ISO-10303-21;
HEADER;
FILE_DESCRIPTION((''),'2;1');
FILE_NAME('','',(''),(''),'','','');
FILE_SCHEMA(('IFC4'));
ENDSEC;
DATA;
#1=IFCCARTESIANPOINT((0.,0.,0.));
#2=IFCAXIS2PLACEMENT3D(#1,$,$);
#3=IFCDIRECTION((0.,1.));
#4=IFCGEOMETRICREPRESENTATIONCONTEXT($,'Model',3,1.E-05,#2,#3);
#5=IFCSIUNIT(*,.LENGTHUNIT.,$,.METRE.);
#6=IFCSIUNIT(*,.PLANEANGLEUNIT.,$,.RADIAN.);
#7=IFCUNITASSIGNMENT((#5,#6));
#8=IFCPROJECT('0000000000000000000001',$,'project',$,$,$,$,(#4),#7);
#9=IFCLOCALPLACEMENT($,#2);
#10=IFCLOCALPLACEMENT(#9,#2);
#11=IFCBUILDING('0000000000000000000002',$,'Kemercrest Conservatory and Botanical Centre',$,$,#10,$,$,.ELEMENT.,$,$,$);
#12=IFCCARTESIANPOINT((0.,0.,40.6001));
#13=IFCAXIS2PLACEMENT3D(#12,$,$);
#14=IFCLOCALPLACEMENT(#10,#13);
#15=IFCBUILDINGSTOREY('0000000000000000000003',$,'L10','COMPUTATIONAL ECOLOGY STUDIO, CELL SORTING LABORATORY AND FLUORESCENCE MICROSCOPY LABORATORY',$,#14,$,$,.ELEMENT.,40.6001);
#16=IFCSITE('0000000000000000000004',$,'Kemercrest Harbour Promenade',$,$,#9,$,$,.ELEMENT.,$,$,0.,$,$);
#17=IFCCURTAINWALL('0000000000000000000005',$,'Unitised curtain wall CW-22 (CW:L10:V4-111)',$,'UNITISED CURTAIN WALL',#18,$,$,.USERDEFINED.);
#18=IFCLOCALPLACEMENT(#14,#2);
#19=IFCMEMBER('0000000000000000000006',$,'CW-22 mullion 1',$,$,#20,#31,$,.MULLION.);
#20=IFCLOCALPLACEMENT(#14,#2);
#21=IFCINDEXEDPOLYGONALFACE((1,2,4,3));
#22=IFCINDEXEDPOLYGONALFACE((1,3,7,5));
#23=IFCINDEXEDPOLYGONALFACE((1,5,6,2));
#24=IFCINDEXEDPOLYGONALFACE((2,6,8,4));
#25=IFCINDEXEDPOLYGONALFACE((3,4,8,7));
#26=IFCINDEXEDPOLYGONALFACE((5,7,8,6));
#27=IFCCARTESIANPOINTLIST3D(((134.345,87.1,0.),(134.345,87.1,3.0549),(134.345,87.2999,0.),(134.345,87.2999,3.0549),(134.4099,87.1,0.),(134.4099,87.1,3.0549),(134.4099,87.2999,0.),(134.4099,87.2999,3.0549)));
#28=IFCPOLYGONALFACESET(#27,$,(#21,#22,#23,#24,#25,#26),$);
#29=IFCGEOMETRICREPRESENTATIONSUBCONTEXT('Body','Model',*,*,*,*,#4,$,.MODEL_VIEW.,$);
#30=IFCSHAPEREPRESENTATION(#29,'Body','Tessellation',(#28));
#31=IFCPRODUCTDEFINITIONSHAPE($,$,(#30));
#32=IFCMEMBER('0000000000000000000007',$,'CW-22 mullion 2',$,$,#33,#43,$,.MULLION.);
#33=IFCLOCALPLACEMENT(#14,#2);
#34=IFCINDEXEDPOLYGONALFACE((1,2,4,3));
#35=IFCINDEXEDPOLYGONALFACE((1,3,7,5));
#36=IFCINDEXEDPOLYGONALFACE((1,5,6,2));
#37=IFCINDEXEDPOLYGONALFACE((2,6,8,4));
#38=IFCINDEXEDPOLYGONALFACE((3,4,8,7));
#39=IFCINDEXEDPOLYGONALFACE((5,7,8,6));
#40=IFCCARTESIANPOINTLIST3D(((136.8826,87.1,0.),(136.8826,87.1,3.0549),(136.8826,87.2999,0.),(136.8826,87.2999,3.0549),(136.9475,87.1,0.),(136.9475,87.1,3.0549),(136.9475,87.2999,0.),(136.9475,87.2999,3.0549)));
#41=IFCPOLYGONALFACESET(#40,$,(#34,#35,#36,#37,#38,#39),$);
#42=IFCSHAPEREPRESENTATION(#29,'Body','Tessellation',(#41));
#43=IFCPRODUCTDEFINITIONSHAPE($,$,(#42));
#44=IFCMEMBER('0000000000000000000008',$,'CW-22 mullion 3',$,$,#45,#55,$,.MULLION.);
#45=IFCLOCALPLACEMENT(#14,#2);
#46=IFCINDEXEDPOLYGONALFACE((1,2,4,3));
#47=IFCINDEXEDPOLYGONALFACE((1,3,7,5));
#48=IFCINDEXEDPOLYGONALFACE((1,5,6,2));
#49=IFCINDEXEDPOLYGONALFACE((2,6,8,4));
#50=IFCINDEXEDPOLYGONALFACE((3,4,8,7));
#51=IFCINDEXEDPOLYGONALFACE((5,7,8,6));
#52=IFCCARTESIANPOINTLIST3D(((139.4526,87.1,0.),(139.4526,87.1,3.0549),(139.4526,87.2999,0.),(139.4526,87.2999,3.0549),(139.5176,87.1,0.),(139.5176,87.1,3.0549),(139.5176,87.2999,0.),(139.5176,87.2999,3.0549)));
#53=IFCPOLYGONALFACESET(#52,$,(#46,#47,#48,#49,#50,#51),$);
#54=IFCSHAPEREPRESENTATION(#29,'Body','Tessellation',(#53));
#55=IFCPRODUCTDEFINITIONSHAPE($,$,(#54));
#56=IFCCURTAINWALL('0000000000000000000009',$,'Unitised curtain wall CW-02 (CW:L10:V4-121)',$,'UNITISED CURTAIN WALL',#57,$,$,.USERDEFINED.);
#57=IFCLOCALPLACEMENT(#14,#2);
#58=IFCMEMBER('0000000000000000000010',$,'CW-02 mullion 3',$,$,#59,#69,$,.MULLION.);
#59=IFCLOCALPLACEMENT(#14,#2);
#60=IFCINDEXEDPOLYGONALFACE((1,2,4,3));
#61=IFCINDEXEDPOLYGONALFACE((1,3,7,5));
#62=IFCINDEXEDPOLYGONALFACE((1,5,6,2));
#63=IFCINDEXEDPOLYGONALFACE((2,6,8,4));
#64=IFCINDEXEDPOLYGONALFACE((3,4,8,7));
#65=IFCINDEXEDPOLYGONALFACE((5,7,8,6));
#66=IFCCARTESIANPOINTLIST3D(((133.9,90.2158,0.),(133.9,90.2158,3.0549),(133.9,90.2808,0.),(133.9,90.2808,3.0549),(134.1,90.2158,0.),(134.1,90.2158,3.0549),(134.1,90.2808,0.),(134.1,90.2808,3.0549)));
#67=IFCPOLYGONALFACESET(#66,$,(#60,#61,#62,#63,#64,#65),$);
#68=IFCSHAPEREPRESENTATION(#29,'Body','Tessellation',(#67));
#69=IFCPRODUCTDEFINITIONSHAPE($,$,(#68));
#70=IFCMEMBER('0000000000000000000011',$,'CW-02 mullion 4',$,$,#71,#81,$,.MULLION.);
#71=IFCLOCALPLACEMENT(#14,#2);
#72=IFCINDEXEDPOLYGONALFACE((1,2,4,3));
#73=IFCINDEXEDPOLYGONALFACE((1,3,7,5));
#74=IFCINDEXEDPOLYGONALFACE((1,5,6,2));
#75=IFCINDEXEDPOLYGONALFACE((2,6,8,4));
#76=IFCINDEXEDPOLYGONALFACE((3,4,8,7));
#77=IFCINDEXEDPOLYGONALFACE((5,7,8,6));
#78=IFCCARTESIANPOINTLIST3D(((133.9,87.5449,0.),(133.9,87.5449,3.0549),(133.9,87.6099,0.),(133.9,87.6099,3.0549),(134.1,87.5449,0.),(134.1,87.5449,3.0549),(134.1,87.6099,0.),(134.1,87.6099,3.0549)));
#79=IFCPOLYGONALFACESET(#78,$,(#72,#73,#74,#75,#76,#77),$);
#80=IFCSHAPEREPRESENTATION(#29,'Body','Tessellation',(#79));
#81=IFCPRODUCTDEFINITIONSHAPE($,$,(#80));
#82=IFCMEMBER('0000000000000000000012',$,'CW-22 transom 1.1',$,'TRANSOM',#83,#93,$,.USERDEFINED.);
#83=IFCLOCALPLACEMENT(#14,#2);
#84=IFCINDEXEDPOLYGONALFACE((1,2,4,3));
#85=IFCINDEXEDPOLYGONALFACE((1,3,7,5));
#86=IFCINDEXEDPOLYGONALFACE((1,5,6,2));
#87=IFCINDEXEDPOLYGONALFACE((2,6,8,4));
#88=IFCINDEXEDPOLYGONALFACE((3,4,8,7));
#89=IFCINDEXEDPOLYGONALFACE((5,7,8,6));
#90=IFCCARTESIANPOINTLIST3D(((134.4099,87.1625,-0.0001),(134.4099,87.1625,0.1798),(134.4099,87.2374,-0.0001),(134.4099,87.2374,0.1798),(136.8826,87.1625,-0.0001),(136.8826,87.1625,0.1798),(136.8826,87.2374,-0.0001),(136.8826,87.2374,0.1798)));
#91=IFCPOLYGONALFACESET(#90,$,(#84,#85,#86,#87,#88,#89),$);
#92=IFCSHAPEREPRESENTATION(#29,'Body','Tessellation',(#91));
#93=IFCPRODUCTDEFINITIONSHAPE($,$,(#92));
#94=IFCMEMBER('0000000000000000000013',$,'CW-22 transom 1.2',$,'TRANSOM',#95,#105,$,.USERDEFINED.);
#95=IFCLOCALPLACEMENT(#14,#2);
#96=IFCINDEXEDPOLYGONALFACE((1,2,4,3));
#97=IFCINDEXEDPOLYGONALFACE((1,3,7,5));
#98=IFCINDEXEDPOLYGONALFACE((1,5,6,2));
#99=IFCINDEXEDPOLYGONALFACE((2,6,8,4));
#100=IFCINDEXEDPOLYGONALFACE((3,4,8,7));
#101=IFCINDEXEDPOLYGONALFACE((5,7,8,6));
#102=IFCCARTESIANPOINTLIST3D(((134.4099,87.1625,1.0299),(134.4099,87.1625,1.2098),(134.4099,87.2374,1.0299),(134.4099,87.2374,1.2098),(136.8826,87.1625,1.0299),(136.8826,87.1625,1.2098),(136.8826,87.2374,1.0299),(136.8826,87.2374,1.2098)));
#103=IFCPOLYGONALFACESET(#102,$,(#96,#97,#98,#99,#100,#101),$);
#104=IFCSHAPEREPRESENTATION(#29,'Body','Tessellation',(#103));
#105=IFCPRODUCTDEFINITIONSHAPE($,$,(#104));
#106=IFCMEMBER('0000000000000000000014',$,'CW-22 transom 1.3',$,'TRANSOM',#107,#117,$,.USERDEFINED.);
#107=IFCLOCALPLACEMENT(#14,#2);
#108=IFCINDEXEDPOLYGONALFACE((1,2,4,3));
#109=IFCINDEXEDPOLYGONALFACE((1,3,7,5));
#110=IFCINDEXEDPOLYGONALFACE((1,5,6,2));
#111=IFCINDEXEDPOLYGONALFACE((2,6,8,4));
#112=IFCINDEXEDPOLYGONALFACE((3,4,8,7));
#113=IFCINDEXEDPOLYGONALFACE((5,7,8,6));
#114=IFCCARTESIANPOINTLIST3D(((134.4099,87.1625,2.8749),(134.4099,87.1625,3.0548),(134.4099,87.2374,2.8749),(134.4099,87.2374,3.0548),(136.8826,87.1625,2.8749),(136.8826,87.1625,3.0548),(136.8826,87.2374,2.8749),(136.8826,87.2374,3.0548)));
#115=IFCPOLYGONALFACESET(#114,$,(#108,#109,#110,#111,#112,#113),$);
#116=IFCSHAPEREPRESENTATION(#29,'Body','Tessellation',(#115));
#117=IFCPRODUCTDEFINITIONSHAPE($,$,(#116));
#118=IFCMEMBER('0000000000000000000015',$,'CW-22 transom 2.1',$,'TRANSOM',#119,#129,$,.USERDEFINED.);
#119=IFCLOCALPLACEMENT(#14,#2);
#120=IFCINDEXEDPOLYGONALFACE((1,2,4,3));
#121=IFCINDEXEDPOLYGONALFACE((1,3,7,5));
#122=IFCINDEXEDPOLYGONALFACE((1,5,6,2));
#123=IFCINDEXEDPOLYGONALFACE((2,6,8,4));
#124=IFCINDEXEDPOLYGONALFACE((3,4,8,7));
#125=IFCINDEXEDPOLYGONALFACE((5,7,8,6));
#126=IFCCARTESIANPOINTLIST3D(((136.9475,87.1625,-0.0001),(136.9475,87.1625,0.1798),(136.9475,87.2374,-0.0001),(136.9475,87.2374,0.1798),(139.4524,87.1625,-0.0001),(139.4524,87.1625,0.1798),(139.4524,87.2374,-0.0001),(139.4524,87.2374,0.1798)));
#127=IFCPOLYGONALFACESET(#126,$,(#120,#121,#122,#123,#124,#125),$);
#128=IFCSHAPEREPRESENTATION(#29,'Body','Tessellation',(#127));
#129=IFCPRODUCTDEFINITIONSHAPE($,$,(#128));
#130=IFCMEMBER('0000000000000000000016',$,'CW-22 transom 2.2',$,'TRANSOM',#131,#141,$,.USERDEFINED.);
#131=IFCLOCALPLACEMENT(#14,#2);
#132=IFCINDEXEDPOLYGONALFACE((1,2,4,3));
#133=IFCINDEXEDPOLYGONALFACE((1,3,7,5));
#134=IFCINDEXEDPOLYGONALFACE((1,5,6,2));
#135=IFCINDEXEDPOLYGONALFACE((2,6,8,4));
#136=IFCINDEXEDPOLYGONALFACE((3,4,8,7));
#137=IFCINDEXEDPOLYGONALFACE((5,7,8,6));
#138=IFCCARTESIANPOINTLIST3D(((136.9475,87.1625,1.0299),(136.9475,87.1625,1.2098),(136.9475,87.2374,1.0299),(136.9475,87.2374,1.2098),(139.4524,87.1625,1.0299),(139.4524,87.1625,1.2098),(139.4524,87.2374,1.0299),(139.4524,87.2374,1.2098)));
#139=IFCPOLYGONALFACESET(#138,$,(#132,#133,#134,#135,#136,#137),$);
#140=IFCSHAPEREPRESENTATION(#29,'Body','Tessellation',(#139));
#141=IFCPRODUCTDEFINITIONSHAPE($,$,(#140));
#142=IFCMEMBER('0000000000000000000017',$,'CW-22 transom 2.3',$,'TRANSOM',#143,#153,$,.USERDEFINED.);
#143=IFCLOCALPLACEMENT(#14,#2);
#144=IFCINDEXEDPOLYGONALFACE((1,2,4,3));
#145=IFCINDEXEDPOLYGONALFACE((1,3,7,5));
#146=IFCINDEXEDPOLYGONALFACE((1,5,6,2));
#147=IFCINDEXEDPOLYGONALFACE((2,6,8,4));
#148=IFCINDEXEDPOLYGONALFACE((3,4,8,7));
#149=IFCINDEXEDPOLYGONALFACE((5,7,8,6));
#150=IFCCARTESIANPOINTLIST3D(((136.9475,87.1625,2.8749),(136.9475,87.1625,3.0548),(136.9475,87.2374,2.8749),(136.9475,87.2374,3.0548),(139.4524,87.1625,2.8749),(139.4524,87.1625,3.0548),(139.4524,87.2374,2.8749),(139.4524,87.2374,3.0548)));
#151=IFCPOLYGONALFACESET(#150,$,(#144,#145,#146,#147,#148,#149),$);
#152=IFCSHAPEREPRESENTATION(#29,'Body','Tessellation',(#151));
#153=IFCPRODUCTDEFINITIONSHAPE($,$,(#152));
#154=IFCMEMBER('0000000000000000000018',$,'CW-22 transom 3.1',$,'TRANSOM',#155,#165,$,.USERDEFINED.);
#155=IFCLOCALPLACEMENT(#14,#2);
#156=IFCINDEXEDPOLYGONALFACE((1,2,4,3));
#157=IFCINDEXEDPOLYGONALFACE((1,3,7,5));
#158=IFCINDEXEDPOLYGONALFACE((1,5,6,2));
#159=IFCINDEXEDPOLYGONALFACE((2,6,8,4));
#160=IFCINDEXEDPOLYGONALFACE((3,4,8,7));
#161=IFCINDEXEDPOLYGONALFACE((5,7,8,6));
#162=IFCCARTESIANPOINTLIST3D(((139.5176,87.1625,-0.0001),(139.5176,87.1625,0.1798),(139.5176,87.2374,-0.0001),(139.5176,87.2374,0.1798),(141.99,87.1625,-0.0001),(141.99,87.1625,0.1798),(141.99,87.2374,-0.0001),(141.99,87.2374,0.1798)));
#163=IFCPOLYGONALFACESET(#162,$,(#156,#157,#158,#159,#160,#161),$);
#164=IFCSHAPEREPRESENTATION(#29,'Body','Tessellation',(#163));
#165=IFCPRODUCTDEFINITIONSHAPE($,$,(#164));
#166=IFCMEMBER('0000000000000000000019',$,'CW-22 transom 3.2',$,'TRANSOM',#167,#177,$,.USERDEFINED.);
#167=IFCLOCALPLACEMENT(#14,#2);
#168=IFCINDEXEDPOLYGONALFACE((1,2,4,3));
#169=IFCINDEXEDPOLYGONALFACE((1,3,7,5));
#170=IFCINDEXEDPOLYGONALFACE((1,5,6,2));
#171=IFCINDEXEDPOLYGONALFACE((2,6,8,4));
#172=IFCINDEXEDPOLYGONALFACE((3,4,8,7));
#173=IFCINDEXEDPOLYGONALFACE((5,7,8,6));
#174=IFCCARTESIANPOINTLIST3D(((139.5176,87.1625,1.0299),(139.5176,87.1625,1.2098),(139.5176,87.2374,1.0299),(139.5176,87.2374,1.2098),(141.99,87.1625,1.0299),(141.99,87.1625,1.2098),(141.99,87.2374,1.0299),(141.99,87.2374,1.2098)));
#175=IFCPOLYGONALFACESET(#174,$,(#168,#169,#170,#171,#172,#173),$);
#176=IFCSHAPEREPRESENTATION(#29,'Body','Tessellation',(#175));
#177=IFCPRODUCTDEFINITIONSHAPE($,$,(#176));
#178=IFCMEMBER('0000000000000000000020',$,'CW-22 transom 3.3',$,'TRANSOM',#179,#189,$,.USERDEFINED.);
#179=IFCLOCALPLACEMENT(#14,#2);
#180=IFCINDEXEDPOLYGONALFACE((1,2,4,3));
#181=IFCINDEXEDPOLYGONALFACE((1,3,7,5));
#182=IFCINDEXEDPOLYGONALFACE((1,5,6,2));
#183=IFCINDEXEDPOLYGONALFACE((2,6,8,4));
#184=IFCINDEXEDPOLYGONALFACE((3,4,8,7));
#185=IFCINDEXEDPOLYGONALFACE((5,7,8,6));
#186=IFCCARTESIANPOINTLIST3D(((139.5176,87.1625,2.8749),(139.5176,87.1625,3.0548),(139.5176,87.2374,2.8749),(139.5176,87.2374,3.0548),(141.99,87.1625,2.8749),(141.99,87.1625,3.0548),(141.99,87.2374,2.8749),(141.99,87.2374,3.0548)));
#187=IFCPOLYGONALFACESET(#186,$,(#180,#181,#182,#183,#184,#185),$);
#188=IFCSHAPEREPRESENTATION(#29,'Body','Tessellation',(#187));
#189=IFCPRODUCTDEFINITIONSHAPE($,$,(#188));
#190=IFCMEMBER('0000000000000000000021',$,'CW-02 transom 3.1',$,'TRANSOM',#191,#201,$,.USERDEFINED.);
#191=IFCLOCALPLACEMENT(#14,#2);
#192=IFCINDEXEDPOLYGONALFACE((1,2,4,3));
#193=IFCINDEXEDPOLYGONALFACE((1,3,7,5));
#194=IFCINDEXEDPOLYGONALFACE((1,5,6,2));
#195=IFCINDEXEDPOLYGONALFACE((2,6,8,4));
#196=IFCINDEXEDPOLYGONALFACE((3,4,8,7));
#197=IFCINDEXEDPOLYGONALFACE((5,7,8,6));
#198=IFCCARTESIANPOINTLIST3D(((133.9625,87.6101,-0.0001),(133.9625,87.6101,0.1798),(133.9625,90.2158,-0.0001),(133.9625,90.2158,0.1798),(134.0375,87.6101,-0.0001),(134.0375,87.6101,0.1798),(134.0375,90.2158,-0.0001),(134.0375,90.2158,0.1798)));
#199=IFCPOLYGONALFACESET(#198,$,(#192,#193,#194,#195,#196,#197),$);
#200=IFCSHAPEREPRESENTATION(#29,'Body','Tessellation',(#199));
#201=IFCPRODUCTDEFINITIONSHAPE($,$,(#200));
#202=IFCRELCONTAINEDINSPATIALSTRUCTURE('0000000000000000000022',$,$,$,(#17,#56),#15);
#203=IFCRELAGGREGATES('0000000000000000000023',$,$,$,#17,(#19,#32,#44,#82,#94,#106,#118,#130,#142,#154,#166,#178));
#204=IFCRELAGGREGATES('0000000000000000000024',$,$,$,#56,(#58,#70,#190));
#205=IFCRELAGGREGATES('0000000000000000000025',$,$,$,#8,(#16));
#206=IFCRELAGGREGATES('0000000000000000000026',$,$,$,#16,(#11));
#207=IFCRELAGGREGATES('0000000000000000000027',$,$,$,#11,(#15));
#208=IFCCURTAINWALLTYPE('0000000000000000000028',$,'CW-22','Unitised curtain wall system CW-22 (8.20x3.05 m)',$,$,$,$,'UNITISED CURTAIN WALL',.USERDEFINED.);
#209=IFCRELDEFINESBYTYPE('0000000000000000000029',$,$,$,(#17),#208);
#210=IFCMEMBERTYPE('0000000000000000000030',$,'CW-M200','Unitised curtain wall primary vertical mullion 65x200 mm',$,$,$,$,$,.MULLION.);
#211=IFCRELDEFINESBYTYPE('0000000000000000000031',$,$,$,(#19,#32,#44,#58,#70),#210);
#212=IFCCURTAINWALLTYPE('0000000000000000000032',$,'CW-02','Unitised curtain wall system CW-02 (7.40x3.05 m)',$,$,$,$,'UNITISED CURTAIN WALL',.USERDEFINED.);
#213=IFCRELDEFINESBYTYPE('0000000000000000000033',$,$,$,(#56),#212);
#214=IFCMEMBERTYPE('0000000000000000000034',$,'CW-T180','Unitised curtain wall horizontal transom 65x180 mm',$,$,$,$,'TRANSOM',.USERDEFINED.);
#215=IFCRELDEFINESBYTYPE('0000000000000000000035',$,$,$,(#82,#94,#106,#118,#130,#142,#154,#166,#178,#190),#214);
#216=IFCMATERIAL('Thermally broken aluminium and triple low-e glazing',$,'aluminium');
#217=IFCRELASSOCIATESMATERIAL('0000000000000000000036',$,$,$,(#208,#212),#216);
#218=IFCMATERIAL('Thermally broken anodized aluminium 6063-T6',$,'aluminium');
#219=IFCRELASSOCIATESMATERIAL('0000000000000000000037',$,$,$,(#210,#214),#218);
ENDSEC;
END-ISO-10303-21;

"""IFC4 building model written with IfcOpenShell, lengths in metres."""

from ifc_helpers import new_model, si_unit, direction, frame, origin, origin_2d, place, context, subcontext, project, spatial, rectangle, extrude, material, material_profile, profile_set, type_object, element, aggregate, save


model = new_model("IFC4")

# Units and contexts
model_context = context("Model", 3, precision=1e-05, world=origin(), true_north=direction((0.0, 1.0)))
body_context = subcontext(model_context, "Body", "Model", "MODEL_VIEW")
ifc_project = project(units=[si_unit("LENGTHUNIT", "METRE"), si_unit("PLANEANGLEUNIT", "RADIAN")], contexts=[model_context])

# Site, building, storey
site_placement = place(None, origin())
site = spatial("IfcSite", under=ifc_project, at=site_placement, Name="Kemercrest Harbour Promenade", CompositionType="ELEMENT", RefElevation=0.0)
building_placement = place(site_placement, origin())
building = spatial("IfcBuilding", under=site, at=building_placement, Name="Kemercrest Conservatory and Botanical Centre", CompositionType="ELEMENT")
storey_placement = place(building_placement, frame((0.0, 0.0, 40.6001)))
storey = spatial("IfcBuildingStorey", under=building, at=storey_placement, Name="L10", Description="COMPUTATIONAL ECOLOGY STUDIO, CELL SORTING LABORATORY AND FLUORESCENCE MICROSCOPY LABORATORY", CompositionType="ELEMENT", Elevation=40.6001)

# Curtain walls, members
ifc_material_1 = material(Name="Thermally broken aluminium and triple low-e glazing", Category="aluminium")
curtain_wall_type_1 = type_object("IfcCurtainWallType", Name="CW-22", Description="Unitised curtain wall system CW-22 (8.20x3.05 m)", ElementType="UNITISED CURTAIN WALL", PredefinedType="USERDEFINED", material=ifc_material_1)
curtain_wall_1_placement = place(storey_placement, origin())
curtain_wall_1 = element("IfcCurtainWall", 1, at=curtain_wall_1_placement, inside=storey, type_object=curtain_wall_type_1, Name="Unitised curtain wall CW-22 (CW:L10:V4-111)", ObjectType="UNITISED CURTAIN WALL", PredefinedType="USERDEFINED")
ifc_material_2 = material(Name="Thermally broken anodized aluminium 6063-T6", Category="aluminium")
ifc_material_profile_1 = material_profile(ifc_material_2, rectangle(XDim=0.2, YDim=0.0649, at=origin_2d()), Name="AL MULLION 65x200")
ifc_profile_set_1 = profile_set([ifc_material_profile_1], Name="Thermally broken anodized aluminium 6063-T6")
member_type_1 = type_object("IfcMemberType", Name="CW-M200", Description="Unitised curtain wall primary vertical mullion 65x200 mm", PredefinedType="MULLION", material=ifc_profile_set_1)
member_1_placement = place(storey_placement, frame((134.3774, 87.2, 0.0), z_axis=(0.0, 0.0, 1.0), x_axis=(0.0, 1.0, 0.0)))
member_1 = element("IfcMember", 2, at=member_1_placement, type_object=member_type_1, Name="CW-22 mullion 1", PredefinedType="MULLION", context=body_context, shape_type="SweptSolid", body=[
    extrude(rectangle(XDim=0.2, YDim=0.0649, at=origin_2d()), origin(), (0.0, 0.0, 1.0), 3.0549),
])
member_2_placement = place(storey_placement, frame((136.915, 87.2, 0.0), z_axis=(0.0, 0.0, 1.0), x_axis=(0.0, 1.0, 0.0)))
member_2 = element("IfcMember", 3, at=member_2_placement, type_object=member_type_1, Name="CW-22 mullion 2", PredefinedType="MULLION", context=body_context, shape_type="SweptSolid", body=[
    extrude(rectangle(XDim=0.2, YDim=0.0649, at=origin_2d()), origin(), (0.0, 0.0, 1.0), 3.0549),
])
member_3_placement = place(storey_placement, frame((139.4851, 87.2, 0.0), z_axis=(0.0, 0.0, 1.0), x_axis=(0.0, 1.0, 0.0)))
member_3 = element("IfcMember", 4, at=member_3_placement, type_object=member_type_1, Name="CW-22 mullion 3", PredefinedType="MULLION", context=body_context, shape_type="SweptSolid", body=[
    extrude(rectangle(XDim=0.2, YDim=0.0649, at=origin_2d()), origin(), (0.0, 0.0, 1.0), 3.0549),
])
curtain_wall_type_2 = type_object("IfcCurtainWallType", Name="CW-02", Description="Unitised curtain wall system CW-02 (7.40x3.05 m)", ElementType="UNITISED CURTAIN WALL", PredefinedType="USERDEFINED", material=ifc_material_1)
curtain_wall_2_placement = place(storey_placement, origin())
curtain_wall_2 = element("IfcCurtainWall", 5, at=curtain_wall_2_placement, inside=storey, type_object=curtain_wall_type_2, Name="Unitised curtain wall CW-02 (CW:L10:V4-121)", ObjectType="UNITISED CURTAIN WALL", PredefinedType="USERDEFINED")
member_4_placement = place(storey_placement, frame((134.0, 90.2483, 0.0), z_axis=(0.0, 0.0, 1.0), x_axis=(1.0, 0.0, 0.0)))
member_4 = element("IfcMember", 6, at=member_4_placement, type_object=member_type_1, Name="CW-02 mullion 3", PredefinedType="MULLION", context=body_context, shape_type="SweptSolid", body=[
    extrude(rectangle(XDim=0.2, YDim=0.0649, at=origin_2d()), origin(), (0.0, 0.0, 1.0), 3.0549),
])
member_5_placement = place(storey_placement, frame((134.0, 87.5774, 0.0), z_axis=(0.0, 0.0, 1.0), x_axis=(1.0, 0.0, 0.0)))
member_5 = element("IfcMember", 7, at=member_5_placement, type_object=member_type_1, Name="CW-02 mullion 4", PredefinedType="MULLION", context=body_context, shape_type="SweptSolid", body=[
    extrude(rectangle(XDim=0.2, YDim=0.0649, at=origin_2d()), origin(), (0.0, 0.0, 1.0), 3.0549),
])

# Members
ifc_material_profile_2 = material_profile(ifc_material_2, rectangle(XDim=0.075, YDim=0.1799, at=origin_2d()), Name="AL TRANSOM 75x180")
ifc_profile_set_2 = profile_set([ifc_material_profile_2], Name="Thermally broken anodized aluminium 6063-T6")
member_type_2 = type_object("IfcMemberType", Name="CW-T180", Description="Unitised curtain wall horizontal transom 65x180 mm", ElementType="TRANSOM", PredefinedType="USERDEFINED", material=ifc_profile_set_2)
member_6_placement = place(storey_placement, frame((134.4099, 87.2, 0.0898), z_axis=(1.0, 0.0, 0.0), x_axis=(0.0, 1.0, 0.0)))
member_6 = element("IfcMember", 8, at=member_6_placement, type_object=member_type_2, Name="CW-22 transom 1.1", ObjectType="TRANSOM", PredefinedType="USERDEFINED", context=body_context, shape_type="SweptSolid", body=[
    extrude(rectangle(XDim=0.075, YDim=0.1799, at=origin_2d()), origin(), (0.0, 0.0, 1.0), 2.4727),
])
member_7_placement = place(storey_placement, frame((134.4099, 87.2, 1.1199), z_axis=(1.0, 0.0, 0.0), x_axis=(0.0, 1.0, 0.0)))
member_7 = element("IfcMember", 9, at=member_7_placement, type_object=member_type_2, Name="CW-22 transom 1.2", ObjectType="TRANSOM", PredefinedType="USERDEFINED", context=body_context, shape_type="SweptSolid", body=[
    extrude(rectangle(XDim=0.075, YDim=0.1799, at=origin_2d()), origin(), (0.0, 0.0, 1.0), 2.4727),
])
member_8_placement = place(storey_placement, frame((134.4099, 87.2, 2.9648), z_axis=(1.0, 0.0, 0.0), x_axis=(0.0, 1.0, 0.0)))
member_8 = element("IfcMember", 10, at=member_8_placement, type_object=member_type_2, Name="CW-22 transom 1.3", ObjectType="TRANSOM", PredefinedType="USERDEFINED", context=body_context, shape_type="SweptSolid", body=[
    extrude(rectangle(XDim=0.075, YDim=0.1799, at=origin_2d()), origin(), (0.0, 0.0, 1.0), 2.4727),
])
member_9_placement = place(storey_placement, frame((136.9475, 87.2, 0.0898), z_axis=(1.0, 0.0, 0.0), x_axis=(0.0, 1.0, 0.0)))
member_9 = element("IfcMember", 11, at=member_9_placement, type_object=member_type_2, Name="CW-22 transom 2.1", ObjectType="TRANSOM", PredefinedType="USERDEFINED", context=body_context, shape_type="SweptSolid", body=[
    extrude(rectangle(XDim=0.075, YDim=0.1799, at=origin_2d()), origin(), (0.0, 0.0, 1.0), 2.5049),
])
member_10_placement = place(storey_placement, frame((136.9475, 87.2, 1.1199), z_axis=(1.0, 0.0, 0.0), x_axis=(0.0, 1.0, 0.0)))
member_10 = element("IfcMember", 12, at=member_10_placement, type_object=member_type_2, Name="CW-22 transom 2.2", ObjectType="TRANSOM", PredefinedType="USERDEFINED", context=body_context, shape_type="SweptSolid", body=[
    extrude(rectangle(XDim=0.075, YDim=0.1799, at=origin_2d()), origin(), (0.0, 0.0, 1.0), 2.5049),
])
member_11_placement = place(storey_placement, frame((136.9475, 87.2, 2.9648), z_axis=(1.0, 0.0, 0.0), x_axis=(0.0, 1.0, 0.0)))
member_11 = element("IfcMember", 13, at=member_11_placement, type_object=member_type_2, Name="CW-22 transom 2.3", ObjectType="TRANSOM", PredefinedType="USERDEFINED", context=body_context, shape_type="SweptSolid", body=[
    extrude(rectangle(XDim=0.075, YDim=0.1799, at=origin_2d()), origin(), (0.0, 0.0, 1.0), 2.5049),
])
member_12_placement = place(storey_placement, frame((139.5176, 87.2, 0.0898), z_axis=(1.0, 0.0, 0.0), x_axis=(0.0, 1.0, 0.0)))
member_12 = element("IfcMember", 14, at=member_12_placement, type_object=member_type_2, Name="CW-22 transom 3.1", ObjectType="TRANSOM", PredefinedType="USERDEFINED", context=body_context, shape_type="SweptSolid", body=[
    extrude(rectangle(XDim=0.075, YDim=0.1799, at=origin_2d()), origin(), (0.0, 0.0, 1.0), 2.4724),
])
member_13_placement = place(storey_placement, frame((139.5176, 87.2, 1.1199), z_axis=(1.0, 0.0, 0.0), x_axis=(0.0, 1.0, 0.0)))
member_13 = element("IfcMember", 15, at=member_13_placement, type_object=member_type_2, Name="CW-22 transom 3.2", ObjectType="TRANSOM", PredefinedType="USERDEFINED", context=body_context, shape_type="SweptSolid", body=[
    extrude(rectangle(XDim=0.075, YDim=0.1799, at=origin_2d()), origin(), (0.0, 0.0, 1.0), 2.4724),
])
member_14_placement = place(storey_placement, frame((139.5176, 87.2, 2.9648), z_axis=(1.0, 0.0, 0.0), x_axis=(0.0, 1.0, 0.0)))
member_14 = element("IfcMember", 16, at=member_14_placement, type_object=member_type_2, Name="CW-22 transom 3.3", ObjectType="TRANSOM", PredefinedType="USERDEFINED", context=body_context, shape_type="SweptSolid", body=[
    extrude(rectangle(XDim=0.075, YDim=0.1799, at=origin_2d()), origin(), (0.0, 0.0, 1.0), 2.4724),
])
member_15_placement = place(storey_placement, frame((134.0, 90.2158, 0.0898), z_axis=(0.0, -1.0, 0.0), x_axis=(1.0, 0.0, 0.0)))
member_15 = element("IfcMember", 17, at=member_15_placement, type_object=member_type_2, Name="CW-02 transom 3.1", ObjectType="TRANSOM", PredefinedType="USERDEFINED", context=body_context, shape_type="SweptSolid", body=[
    extrude(rectangle(XDim=0.075, YDim=0.1799, at=origin_2d()), origin(), (0.0, 0.0, 1.0), 2.6057),
])

aggregate(curtain_wall_1, [member_1, member_2, member_3, member_6, member_7, member_8, member_9, member_10, member_11, member_12, member_13, member_14])
aggregate(curtain_wall_2, [member_4, member_5, member_15])

save(model, "model.ifc")
